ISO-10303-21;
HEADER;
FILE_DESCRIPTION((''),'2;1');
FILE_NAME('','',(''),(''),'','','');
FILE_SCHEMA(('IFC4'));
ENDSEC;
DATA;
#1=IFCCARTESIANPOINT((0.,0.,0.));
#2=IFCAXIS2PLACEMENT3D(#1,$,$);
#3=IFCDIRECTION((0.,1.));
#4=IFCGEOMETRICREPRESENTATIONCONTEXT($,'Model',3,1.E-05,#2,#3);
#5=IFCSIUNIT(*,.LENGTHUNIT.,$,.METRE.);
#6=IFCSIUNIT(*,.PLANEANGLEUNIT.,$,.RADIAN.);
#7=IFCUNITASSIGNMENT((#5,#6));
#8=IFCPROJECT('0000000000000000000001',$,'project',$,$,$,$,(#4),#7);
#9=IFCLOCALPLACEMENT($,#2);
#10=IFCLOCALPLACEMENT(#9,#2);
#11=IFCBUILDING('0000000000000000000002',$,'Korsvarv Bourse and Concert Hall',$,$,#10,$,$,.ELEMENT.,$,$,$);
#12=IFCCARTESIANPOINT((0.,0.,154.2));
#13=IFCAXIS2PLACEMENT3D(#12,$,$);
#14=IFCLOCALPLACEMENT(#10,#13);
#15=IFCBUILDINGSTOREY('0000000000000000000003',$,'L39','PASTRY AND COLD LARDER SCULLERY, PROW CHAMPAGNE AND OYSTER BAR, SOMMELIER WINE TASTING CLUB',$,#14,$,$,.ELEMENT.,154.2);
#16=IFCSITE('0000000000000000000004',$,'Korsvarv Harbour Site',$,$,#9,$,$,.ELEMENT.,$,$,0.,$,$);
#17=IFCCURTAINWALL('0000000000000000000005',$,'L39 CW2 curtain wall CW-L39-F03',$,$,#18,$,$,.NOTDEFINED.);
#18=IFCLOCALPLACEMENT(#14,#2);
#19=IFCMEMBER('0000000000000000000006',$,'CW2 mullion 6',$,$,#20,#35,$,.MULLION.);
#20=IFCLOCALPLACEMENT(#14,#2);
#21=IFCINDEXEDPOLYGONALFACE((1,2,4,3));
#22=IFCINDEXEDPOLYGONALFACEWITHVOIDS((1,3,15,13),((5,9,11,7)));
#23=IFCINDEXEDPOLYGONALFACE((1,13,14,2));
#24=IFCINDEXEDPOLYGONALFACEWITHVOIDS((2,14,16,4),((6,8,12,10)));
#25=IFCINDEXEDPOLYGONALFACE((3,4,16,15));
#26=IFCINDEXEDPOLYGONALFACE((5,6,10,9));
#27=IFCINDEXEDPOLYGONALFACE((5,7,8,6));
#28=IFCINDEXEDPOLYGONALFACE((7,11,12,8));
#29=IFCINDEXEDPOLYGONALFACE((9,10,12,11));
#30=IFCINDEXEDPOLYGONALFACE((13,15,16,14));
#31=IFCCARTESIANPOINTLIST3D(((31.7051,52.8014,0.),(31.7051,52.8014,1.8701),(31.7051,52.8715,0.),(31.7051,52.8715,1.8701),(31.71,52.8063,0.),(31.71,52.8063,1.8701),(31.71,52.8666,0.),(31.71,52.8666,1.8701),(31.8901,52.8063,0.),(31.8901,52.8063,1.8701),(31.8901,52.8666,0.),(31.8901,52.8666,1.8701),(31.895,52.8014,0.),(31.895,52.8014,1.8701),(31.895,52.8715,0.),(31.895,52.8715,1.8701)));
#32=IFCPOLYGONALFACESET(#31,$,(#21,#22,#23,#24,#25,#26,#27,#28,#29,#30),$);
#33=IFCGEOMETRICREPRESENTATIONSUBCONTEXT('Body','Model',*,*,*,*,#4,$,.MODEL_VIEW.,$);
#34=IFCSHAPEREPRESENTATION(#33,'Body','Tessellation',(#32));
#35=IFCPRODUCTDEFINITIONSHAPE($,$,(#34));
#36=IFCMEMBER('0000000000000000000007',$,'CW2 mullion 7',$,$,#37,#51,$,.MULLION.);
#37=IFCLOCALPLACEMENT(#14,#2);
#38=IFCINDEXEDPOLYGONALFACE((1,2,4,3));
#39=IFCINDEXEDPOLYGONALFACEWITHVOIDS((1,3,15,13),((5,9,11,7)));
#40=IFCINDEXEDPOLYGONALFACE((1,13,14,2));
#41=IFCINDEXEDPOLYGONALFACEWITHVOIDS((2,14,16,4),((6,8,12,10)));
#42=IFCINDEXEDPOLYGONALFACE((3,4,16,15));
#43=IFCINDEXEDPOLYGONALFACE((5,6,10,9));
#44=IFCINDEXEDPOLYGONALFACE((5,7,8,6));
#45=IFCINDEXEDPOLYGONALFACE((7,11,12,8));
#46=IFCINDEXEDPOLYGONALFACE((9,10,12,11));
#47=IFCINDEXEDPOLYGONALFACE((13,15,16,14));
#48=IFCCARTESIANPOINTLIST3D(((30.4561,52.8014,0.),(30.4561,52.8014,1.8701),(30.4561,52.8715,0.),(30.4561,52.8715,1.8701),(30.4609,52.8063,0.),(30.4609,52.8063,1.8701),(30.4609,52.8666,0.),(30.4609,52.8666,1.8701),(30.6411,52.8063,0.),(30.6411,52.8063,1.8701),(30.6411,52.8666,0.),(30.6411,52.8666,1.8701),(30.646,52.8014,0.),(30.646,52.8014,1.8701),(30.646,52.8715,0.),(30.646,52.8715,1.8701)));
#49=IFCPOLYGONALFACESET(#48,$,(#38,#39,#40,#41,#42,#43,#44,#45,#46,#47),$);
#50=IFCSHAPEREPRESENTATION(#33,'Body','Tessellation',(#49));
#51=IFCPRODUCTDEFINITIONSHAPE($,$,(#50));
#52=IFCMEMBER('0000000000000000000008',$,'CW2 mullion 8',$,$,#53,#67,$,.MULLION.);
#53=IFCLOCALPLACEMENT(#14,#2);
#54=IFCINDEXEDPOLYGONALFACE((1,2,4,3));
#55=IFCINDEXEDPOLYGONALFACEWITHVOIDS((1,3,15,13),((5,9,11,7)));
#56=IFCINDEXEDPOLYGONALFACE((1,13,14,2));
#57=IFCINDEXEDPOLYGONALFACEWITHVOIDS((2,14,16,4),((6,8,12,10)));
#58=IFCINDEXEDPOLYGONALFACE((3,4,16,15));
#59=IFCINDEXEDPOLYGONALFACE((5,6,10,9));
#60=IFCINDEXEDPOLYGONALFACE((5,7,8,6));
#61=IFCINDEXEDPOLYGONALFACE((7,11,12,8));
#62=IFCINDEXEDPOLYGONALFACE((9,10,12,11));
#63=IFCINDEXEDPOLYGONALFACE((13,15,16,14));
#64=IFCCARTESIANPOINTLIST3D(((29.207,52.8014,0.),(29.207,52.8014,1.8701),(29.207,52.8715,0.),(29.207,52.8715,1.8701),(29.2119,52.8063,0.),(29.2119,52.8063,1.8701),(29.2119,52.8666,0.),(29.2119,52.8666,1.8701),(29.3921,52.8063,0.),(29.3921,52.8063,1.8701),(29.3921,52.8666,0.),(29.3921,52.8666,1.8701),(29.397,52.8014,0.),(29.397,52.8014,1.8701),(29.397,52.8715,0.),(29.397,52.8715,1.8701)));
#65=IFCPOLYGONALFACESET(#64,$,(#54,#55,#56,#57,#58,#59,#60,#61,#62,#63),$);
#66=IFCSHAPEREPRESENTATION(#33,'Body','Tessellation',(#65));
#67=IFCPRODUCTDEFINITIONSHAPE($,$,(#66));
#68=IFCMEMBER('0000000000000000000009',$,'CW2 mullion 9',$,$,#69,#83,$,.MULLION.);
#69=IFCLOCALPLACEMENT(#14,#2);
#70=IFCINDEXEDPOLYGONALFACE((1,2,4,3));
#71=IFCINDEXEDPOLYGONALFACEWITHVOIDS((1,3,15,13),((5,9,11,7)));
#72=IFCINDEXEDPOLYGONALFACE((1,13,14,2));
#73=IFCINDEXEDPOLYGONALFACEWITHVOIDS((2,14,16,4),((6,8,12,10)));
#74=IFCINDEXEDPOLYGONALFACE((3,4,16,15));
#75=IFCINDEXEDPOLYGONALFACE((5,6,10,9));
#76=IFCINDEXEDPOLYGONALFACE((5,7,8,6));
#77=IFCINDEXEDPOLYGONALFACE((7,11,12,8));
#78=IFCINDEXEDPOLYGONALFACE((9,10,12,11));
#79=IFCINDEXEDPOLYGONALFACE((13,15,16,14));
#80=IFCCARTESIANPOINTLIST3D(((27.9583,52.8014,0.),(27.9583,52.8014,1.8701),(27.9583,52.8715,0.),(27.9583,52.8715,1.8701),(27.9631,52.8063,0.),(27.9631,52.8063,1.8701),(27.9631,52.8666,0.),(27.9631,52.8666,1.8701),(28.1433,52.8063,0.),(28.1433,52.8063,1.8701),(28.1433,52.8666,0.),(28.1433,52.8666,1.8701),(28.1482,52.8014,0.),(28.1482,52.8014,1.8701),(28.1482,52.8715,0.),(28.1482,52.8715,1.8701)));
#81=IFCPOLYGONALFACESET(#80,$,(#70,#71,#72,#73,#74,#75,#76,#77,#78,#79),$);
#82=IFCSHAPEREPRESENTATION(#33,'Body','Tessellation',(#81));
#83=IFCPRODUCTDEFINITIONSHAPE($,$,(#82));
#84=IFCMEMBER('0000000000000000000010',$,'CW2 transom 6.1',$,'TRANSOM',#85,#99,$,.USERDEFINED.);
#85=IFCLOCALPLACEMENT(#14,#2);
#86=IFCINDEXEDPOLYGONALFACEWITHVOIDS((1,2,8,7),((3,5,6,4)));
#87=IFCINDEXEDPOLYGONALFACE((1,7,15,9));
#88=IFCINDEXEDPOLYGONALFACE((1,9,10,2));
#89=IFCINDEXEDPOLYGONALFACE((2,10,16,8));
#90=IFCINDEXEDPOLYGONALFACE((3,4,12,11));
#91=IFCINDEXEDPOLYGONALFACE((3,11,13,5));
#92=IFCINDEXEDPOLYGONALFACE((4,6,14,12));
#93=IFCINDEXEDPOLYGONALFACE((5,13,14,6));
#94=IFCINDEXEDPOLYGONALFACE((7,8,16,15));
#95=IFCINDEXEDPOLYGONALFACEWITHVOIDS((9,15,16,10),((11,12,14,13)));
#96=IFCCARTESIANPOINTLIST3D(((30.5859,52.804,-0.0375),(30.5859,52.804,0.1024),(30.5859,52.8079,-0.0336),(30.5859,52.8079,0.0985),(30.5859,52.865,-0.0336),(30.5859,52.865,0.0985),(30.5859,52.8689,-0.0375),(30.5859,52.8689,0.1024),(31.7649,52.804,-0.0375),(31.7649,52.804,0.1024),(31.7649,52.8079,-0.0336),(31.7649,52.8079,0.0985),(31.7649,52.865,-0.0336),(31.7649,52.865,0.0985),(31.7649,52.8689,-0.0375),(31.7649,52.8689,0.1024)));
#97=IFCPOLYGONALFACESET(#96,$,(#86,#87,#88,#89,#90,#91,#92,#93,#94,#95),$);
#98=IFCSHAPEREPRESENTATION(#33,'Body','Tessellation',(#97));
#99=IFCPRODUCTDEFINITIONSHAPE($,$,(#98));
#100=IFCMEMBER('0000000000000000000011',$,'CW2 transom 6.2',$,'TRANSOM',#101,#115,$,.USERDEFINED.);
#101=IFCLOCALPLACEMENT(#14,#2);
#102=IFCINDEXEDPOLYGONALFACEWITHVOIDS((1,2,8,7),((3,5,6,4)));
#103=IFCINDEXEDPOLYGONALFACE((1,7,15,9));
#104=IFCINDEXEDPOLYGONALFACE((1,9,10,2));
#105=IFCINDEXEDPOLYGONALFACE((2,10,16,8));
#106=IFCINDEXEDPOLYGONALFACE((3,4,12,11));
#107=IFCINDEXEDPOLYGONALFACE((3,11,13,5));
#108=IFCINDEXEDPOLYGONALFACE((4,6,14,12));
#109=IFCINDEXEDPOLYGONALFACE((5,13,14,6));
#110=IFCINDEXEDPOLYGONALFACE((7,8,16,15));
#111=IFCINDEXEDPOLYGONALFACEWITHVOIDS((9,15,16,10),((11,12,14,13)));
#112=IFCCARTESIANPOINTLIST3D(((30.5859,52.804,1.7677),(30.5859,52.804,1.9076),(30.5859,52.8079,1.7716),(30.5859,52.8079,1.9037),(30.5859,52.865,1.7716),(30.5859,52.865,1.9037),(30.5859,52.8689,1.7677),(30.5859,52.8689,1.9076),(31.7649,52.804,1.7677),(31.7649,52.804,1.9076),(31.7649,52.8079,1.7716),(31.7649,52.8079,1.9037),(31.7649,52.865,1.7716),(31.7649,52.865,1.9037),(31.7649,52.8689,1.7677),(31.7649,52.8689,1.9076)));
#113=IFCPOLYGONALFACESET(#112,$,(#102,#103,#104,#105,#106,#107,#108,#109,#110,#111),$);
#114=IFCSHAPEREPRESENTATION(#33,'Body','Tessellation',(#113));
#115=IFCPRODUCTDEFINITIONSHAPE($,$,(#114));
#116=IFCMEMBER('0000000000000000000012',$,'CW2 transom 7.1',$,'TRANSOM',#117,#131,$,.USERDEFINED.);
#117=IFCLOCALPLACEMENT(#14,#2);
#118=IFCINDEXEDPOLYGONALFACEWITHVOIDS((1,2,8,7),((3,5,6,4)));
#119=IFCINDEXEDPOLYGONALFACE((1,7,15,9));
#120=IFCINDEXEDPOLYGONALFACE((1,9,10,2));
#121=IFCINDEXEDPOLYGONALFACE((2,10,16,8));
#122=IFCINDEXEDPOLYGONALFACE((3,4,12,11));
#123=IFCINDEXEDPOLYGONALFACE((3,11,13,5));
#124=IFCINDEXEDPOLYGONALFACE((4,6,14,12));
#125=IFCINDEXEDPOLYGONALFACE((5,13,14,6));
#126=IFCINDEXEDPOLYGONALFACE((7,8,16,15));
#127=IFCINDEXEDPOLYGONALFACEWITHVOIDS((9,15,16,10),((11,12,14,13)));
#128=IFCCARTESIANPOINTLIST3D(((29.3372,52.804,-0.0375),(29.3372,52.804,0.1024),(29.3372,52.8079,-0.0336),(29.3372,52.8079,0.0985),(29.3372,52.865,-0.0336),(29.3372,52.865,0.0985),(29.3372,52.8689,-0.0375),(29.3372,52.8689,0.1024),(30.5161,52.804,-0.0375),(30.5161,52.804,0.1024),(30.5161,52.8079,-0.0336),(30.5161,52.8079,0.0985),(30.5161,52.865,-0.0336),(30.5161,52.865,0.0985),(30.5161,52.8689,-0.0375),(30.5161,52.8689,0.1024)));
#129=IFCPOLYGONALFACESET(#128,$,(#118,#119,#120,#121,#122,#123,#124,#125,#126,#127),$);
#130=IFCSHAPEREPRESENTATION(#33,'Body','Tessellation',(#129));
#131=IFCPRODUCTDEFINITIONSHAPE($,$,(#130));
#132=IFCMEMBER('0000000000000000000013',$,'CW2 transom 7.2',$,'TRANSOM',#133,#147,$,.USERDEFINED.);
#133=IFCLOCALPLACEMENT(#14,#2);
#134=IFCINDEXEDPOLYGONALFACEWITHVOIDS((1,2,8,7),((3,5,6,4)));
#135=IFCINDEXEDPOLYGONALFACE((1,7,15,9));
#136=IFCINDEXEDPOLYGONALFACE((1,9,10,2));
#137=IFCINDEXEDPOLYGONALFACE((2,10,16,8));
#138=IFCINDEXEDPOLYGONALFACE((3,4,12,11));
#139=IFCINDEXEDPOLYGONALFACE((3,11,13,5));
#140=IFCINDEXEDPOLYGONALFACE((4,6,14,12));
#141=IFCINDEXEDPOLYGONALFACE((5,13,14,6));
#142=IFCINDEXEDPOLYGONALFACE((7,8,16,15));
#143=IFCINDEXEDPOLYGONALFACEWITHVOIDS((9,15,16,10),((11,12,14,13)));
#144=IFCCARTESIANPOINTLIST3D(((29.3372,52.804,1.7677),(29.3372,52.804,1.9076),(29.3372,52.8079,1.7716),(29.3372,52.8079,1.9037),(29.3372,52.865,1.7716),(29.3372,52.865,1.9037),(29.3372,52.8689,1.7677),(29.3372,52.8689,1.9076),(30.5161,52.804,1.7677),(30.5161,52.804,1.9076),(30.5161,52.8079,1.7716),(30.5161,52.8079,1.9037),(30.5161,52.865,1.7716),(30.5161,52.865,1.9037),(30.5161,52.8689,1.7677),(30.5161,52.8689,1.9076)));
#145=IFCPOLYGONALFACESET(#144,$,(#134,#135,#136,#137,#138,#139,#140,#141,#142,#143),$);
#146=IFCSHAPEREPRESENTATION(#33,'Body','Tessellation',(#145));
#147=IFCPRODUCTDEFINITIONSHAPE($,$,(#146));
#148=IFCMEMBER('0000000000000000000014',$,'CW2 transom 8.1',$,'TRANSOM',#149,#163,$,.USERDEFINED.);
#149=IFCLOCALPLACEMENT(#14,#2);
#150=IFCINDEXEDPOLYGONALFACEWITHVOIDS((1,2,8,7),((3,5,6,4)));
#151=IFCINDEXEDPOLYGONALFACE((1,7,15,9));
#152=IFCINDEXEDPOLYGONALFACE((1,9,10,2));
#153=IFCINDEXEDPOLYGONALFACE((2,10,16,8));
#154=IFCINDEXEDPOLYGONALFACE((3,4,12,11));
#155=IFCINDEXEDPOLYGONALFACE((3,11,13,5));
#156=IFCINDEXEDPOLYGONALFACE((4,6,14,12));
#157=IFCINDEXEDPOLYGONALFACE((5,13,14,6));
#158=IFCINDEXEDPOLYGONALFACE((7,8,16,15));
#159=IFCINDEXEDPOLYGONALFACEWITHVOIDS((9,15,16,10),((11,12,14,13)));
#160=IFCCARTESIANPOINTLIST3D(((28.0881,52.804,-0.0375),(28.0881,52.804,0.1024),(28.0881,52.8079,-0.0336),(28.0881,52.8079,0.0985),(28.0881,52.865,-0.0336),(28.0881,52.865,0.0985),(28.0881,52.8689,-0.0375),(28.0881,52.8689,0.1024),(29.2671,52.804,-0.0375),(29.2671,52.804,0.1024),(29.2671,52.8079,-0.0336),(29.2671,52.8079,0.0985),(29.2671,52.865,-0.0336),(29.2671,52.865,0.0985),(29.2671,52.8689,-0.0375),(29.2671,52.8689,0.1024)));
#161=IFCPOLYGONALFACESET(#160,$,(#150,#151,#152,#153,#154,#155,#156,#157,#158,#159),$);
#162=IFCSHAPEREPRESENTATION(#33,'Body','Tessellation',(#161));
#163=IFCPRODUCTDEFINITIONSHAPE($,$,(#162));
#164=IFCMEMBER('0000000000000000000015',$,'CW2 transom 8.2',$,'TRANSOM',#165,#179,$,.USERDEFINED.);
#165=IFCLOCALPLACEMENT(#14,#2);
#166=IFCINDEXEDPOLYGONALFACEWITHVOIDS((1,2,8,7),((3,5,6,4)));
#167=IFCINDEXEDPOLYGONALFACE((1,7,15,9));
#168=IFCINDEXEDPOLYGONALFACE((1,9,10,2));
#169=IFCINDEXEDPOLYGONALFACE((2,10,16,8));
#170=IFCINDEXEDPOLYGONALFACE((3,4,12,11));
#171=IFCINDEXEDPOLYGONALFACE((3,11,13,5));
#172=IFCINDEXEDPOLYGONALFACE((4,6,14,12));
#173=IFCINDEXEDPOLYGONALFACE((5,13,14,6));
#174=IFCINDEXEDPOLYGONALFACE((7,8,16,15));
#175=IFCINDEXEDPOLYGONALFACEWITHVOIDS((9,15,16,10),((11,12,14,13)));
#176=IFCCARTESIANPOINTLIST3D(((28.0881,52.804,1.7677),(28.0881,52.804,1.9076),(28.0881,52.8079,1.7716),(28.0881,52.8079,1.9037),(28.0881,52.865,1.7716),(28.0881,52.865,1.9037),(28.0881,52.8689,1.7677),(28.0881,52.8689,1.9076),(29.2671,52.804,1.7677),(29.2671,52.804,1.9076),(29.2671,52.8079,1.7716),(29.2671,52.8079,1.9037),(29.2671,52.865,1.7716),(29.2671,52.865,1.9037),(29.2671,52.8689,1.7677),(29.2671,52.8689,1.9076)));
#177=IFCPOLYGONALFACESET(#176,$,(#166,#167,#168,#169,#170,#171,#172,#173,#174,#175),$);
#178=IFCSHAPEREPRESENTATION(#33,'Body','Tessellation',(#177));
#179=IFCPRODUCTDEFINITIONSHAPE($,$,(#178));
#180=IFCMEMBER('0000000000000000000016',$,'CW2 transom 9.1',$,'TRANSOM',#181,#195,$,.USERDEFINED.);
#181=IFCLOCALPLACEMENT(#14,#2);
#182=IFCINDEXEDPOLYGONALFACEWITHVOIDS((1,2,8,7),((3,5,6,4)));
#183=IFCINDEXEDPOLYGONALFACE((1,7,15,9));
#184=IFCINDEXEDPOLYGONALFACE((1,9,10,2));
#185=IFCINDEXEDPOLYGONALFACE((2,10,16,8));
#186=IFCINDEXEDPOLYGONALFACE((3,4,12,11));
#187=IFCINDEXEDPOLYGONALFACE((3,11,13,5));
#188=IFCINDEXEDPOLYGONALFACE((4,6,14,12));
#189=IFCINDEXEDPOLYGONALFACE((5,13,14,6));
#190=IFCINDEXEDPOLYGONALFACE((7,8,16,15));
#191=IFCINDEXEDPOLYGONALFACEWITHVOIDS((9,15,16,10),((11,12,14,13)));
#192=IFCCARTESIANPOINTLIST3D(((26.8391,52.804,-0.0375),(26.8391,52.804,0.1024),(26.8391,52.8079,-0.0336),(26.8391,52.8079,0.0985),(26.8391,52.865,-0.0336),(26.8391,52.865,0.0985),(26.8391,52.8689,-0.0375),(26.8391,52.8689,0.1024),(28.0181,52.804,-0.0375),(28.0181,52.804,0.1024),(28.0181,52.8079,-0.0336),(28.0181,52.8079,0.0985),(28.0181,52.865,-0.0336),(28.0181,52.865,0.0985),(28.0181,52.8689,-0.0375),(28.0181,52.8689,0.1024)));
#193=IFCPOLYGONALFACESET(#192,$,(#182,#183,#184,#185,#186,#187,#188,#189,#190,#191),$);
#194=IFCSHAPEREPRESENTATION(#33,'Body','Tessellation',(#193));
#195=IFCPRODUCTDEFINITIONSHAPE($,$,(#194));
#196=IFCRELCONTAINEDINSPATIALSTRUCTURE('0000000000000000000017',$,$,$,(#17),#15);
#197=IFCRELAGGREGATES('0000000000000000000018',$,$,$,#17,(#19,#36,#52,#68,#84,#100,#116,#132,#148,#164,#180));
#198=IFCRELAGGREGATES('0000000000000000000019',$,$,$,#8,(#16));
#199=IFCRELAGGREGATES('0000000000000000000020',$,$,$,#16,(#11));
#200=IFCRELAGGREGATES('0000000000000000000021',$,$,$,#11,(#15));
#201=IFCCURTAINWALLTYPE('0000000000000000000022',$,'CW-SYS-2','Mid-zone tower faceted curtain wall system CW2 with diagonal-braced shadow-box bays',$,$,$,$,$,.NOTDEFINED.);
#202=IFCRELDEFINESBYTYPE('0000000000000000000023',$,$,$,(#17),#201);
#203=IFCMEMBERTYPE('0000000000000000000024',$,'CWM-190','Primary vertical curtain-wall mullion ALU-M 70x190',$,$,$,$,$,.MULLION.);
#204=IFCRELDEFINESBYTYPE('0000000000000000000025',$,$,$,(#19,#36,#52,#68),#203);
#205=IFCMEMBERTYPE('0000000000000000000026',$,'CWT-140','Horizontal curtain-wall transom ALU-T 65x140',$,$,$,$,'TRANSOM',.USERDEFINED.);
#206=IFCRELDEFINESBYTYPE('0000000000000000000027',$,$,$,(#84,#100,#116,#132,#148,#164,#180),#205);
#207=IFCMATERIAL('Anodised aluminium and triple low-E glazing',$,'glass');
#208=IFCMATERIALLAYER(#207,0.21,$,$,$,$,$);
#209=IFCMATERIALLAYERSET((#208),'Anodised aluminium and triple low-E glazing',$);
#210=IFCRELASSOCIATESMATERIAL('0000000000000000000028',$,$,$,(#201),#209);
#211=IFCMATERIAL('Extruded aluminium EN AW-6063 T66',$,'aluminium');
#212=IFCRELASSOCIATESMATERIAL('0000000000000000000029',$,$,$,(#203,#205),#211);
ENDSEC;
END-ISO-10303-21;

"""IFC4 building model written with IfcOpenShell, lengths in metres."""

from ifc_helpers import new_model, si_unit, direction, frame, origin, origin_2d, place, context, subcontext, project, spatial, hollow_rectangle, extrude, source, transform, mapped, material, layer, layer_set, material_profile, profile_set, type_object, element, aggregate, save


model = new_model("IFC4")

# Units and contexts
model_context = context("Model", 3, precision=1e-05, world=origin(), true_north=direction((0.0, 1.0)))
body_context = subcontext(model_context, "Body", "Model", "MODEL_VIEW")
ifc_project = project(units=[si_unit("LENGTHUNIT", "METRE"), si_unit("PLANEANGLEUNIT", "RADIAN")], contexts=[model_context])

# Site, building, storey
site_placement = place(None, origin())
site = spatial("IfcSite", under=ifc_project, at=site_placement, Name="Korsvarv Harbour Site", CompositionType="ELEMENT", RefElevation=0.0)
building_placement = place(site_placement, origin())
building = spatial("IfcBuilding", under=site, at=building_placement, Name="Korsvarv Bourse and Concert Hall", CompositionType="ELEMENT")
storey_placement = place(building_placement, frame((0.0, 0.0, 154.2)))
storey = spatial("IfcBuildingStorey", under=building, at=storey_placement, Name="L39", Description="PASTRY AND COLD LARDER SCULLERY, PROW CHAMPAGNE AND OYSTER BAR, SOMMELIER WINE TASTING CLUB", CompositionType="ELEMENT", Elevation=154.2)

# Curtain wall, members
ifc_material_1 = material(Name="Anodised aluminium and triple low-E glazing", Category="glass")
ifc_layer_1 = layer(ifc_material_1, 0.21)
ifc_layer_set_1 = layer_set([ifc_layer_1], Name="Anodised aluminium and triple low-E glazing")
curtain_wall_type = type_object("IfcCurtainWallType", Name="CW-SYS-2", Description="Mid-zone tower faceted curtain wall system CW2 with diagonal-braced shadow-box bays", PredefinedType="NOTDEFINED", material=ifc_layer_set_1)
curtain_wall_placement = place(storey_placement, origin())
curtain_wall = element("IfcCurtainWall", 1, at=curtain_wall_placement, inside=storey, type_object=curtain_wall_type, Name="L39 CW2 curtain wall CW-L39-F03", PredefinedType="NOTDEFINED")
ifc_material_2 = material(Name="Extruded aluminium EN AW-6063 T66", Category="aluminium")
ifc_material_profile_1 = material_profile(ifc_material_2, hollow_rectangle(XDim=0.0701, YDim=0.1899, WallThickness=0.0049, at=origin_2d()), Name="ALU-M 70x190")
ifc_profile_set_1 = profile_set([ifc_material_profile_1], Name="Extruded aluminium EN AW-6063 T66")
member_type_1 = type_object("IfcMemberType", Name="CWM-190", Description="Primary vertical curtain-wall mullion ALU-M 70x190", PredefinedType="MULLION", material=ifc_profile_set_1)
shared_shape_1 = source(origin(), body_context, "Body", "SweptSolid", [
    extrude(hollow_rectangle(XDim=0.0701, YDim=0.1899, WallThickness=0.0049, at=origin_2d()), origin(), (0.0, 0.0, 1.0), 1.8701),
])
member_1_placement = place(storey_placement, frame((31.8, 52.8364, 0.0), z_axis=(0.0, 0.0, 1.0), x_axis=(0.0, -1.0, 0.0)))
member_1 = element("IfcMember", 2, at=member_1_placement, type_object=member_type_1, Name="CW2 mullion 6", PredefinedType="MULLION", context=body_context, shape_type="MappedRepresentation", body=[
    mapped(shared_shape_1, transform((0.0, 0.0, 0.0), scale=1.0)),
])
member_2_placement = place(storey_placement, frame((30.551, 52.8364, 0.0), z_axis=(0.0, 0.0, 1.0), x_axis=(0.0, -1.0, 0.0)))
member_2 = element("IfcMember", 3, at=member_2_placement, type_object=member_type_1, Name="CW2 mullion 7", PredefinedType="MULLION", context=body_context, shape_type="MappedRepresentation", body=[
    mapped(shared_shape_1, transform((0.0, 0.0, 0.0), scale=1.0)),
])
member_3_placement = place(storey_placement, frame((29.302, 52.8364, 0.0), z_axis=(0.0, 0.0, 1.0), x_axis=(0.0, -1.0, 0.0)))
member_3 = element("IfcMember", 4, at=member_3_placement, type_object=member_type_1, Name="CW2 mullion 8", PredefinedType="MULLION", context=body_context, shape_type="MappedRepresentation", body=[
    mapped(shared_shape_1, transform((0.0, 0.0, 0.0), scale=1.0)),
])
member_4_placement = place(storey_placement, frame((28.0532, 52.8364, 0.0), z_axis=(0.0, 0.0, 1.0), x_axis=(0.0, -1.0, 0.0)))
member_4 = element("IfcMember", 5, at=member_4_placement, type_object=member_type_1, Name="CW2 mullion 9", PredefinedType="MULLION", context=body_context, shape_type="MappedRepresentation", body=[
    mapped(shared_shape_1, transform((0.0, 0.0, 0.0), scale=1.0)),
])
ifc_material_profile_2 = material_profile(ifc_material_2, hollow_rectangle(XDim=0.0649, YDim=0.1399, WallThickness=0.0039, at=origin_2d()), Name="ALU-T 65x140")
ifc_profile_set_2 = profile_set([ifc_material_profile_2], Name="Extruded aluminium EN AW-6063 T66")
member_type_2 = type_object("IfcMemberType", Name="CWT-140", Description="Horizontal curtain-wall transom ALU-T 65x140", ElementType="TRANSOM", PredefinedType="USERDEFINED", material=ifc_profile_set_2)
shared_shape_2 = source(origin(), body_context, "Body", "SweptSolid", [
    extrude(hollow_rectangle(XDim=0.0649, YDim=0.1399, WallThickness=0.0039, at=origin_2d()), origin(), (0.0, 0.0, 1.0), 1.179),
])
member_5_placement = place(storey_placement, frame((31.7649, 52.8364, 0.0325), z_axis=(-1.0, 0.0, 0.0), x_axis=(0.0, -1.0, 0.0)))
member_5 = element("IfcMember", 6, at=member_5_placement, type_object=member_type_2, Name="CW2 transom 6.1", ObjectType="TRANSOM", PredefinedType="USERDEFINED", context=body_context, shape_type="MappedRepresentation", body=[
    mapped(shared_shape_2, transform((0.0, 0.0, 0.0), scale=1.0)),
])
member_6_placement = place(storey_placement, frame((31.7649, 52.8364, 1.8376), z_axis=(-1.0, 0.0, 0.0), x_axis=(0.0, -1.0, 0.0)))
member_6 = element("IfcMember", 7, at=member_6_placement, type_object=member_type_2, Name="CW2 transom 6.2", ObjectType="TRANSOM", PredefinedType="USERDEFINED", context=body_context, shape_type="MappedRepresentation", body=[
    mapped(shared_shape_2, transform((0.0, 0.0, 0.0), scale=1.0)),
])
member_7_placement = place(storey_placement, frame((30.5161, 52.8364, 0.0325), z_axis=(-1.0, 0.0, 0.0), x_axis=(0.0, -1.0, 0.0)))
member_7 = element("IfcMember", 8, at=member_7_placement, type_object=member_type_2, Name="CW2 transom 7.1", ObjectType="TRANSOM", PredefinedType="USERDEFINED", context=body_context, shape_type="MappedRepresentation", body=[
    mapped(shared_shape_2, transform((0.0, 0.0, 0.0), scale=1.0)),
])
member_8_placement = place(storey_placement, frame((30.5161, 52.8364, 1.8376), z_axis=(-1.0, 0.0, 0.0), x_axis=(0.0, -1.0, 0.0)))
member_8 = element("IfcMember", 9, at=member_8_placement, type_object=member_type_2, Name="CW2 transom 7.2", ObjectType="TRANSOM", PredefinedType="USERDEFINED", context=body_context, shape_type="MappedRepresentation", body=[
    mapped(shared_shape_2, transform((0.0, 0.0, 0.0), scale=1.0)),
])
member_9_placement = place(storey_placement, frame((29.2671, 52.8364, 0.0325), z_axis=(-1.0, 0.0, 0.0), x_axis=(0.0, -1.0, 0.0)))
member_9 = element("IfcMember", 10, at=member_9_placement, type_object=member_type_2, Name="CW2 transom 8.1", ObjectType="TRANSOM", PredefinedType="USERDEFINED", context=body_context, shape_type="MappedRepresentation", body=[
    mapped(shared_shape_2, transform((0.0, 0.0, 0.0), scale=1.0)),
])
member_10_placement = place(storey_placement, frame((29.2671, 52.8364, 1.8376), z_axis=(-1.0, 0.0, 0.0), x_axis=(0.0, -1.0, 0.0)))
member_10 = element("IfcMember", 11, at=member_10_placement, type_object=member_type_2, Name="CW2 transom 8.2", ObjectType="TRANSOM", PredefinedType="USERDEFINED", context=body_context, shape_type="MappedRepresentation", body=[
    mapped(shared_shape_2, transform((0.0, 0.0, 0.0), scale=1.0)),
])
member_11_placement = place(storey_placement, frame((28.0181, 52.8364, 0.0325), z_axis=(-1.0, 0.0, 0.0), x_axis=(0.0, -1.0, 0.0)))
member_11 = element("IfcMember", 12, at=member_11_placement, type_object=member_type_2, Name="CW2 transom 9.1", ObjectType="TRANSOM", PredefinedType="USERDEFINED", context=body_context, shape_type="MappedRepresentation", body=[
    mapped(shared_shape_2, transform((0.0, 0.0, 0.0), scale=1.0)),
])
aggregate(curtain_wall, [member_1, member_2, member_3, member_4, member_5, member_6, member_7, member_8, member_9, member_10, member_11])

save(model, "model.ifc")
